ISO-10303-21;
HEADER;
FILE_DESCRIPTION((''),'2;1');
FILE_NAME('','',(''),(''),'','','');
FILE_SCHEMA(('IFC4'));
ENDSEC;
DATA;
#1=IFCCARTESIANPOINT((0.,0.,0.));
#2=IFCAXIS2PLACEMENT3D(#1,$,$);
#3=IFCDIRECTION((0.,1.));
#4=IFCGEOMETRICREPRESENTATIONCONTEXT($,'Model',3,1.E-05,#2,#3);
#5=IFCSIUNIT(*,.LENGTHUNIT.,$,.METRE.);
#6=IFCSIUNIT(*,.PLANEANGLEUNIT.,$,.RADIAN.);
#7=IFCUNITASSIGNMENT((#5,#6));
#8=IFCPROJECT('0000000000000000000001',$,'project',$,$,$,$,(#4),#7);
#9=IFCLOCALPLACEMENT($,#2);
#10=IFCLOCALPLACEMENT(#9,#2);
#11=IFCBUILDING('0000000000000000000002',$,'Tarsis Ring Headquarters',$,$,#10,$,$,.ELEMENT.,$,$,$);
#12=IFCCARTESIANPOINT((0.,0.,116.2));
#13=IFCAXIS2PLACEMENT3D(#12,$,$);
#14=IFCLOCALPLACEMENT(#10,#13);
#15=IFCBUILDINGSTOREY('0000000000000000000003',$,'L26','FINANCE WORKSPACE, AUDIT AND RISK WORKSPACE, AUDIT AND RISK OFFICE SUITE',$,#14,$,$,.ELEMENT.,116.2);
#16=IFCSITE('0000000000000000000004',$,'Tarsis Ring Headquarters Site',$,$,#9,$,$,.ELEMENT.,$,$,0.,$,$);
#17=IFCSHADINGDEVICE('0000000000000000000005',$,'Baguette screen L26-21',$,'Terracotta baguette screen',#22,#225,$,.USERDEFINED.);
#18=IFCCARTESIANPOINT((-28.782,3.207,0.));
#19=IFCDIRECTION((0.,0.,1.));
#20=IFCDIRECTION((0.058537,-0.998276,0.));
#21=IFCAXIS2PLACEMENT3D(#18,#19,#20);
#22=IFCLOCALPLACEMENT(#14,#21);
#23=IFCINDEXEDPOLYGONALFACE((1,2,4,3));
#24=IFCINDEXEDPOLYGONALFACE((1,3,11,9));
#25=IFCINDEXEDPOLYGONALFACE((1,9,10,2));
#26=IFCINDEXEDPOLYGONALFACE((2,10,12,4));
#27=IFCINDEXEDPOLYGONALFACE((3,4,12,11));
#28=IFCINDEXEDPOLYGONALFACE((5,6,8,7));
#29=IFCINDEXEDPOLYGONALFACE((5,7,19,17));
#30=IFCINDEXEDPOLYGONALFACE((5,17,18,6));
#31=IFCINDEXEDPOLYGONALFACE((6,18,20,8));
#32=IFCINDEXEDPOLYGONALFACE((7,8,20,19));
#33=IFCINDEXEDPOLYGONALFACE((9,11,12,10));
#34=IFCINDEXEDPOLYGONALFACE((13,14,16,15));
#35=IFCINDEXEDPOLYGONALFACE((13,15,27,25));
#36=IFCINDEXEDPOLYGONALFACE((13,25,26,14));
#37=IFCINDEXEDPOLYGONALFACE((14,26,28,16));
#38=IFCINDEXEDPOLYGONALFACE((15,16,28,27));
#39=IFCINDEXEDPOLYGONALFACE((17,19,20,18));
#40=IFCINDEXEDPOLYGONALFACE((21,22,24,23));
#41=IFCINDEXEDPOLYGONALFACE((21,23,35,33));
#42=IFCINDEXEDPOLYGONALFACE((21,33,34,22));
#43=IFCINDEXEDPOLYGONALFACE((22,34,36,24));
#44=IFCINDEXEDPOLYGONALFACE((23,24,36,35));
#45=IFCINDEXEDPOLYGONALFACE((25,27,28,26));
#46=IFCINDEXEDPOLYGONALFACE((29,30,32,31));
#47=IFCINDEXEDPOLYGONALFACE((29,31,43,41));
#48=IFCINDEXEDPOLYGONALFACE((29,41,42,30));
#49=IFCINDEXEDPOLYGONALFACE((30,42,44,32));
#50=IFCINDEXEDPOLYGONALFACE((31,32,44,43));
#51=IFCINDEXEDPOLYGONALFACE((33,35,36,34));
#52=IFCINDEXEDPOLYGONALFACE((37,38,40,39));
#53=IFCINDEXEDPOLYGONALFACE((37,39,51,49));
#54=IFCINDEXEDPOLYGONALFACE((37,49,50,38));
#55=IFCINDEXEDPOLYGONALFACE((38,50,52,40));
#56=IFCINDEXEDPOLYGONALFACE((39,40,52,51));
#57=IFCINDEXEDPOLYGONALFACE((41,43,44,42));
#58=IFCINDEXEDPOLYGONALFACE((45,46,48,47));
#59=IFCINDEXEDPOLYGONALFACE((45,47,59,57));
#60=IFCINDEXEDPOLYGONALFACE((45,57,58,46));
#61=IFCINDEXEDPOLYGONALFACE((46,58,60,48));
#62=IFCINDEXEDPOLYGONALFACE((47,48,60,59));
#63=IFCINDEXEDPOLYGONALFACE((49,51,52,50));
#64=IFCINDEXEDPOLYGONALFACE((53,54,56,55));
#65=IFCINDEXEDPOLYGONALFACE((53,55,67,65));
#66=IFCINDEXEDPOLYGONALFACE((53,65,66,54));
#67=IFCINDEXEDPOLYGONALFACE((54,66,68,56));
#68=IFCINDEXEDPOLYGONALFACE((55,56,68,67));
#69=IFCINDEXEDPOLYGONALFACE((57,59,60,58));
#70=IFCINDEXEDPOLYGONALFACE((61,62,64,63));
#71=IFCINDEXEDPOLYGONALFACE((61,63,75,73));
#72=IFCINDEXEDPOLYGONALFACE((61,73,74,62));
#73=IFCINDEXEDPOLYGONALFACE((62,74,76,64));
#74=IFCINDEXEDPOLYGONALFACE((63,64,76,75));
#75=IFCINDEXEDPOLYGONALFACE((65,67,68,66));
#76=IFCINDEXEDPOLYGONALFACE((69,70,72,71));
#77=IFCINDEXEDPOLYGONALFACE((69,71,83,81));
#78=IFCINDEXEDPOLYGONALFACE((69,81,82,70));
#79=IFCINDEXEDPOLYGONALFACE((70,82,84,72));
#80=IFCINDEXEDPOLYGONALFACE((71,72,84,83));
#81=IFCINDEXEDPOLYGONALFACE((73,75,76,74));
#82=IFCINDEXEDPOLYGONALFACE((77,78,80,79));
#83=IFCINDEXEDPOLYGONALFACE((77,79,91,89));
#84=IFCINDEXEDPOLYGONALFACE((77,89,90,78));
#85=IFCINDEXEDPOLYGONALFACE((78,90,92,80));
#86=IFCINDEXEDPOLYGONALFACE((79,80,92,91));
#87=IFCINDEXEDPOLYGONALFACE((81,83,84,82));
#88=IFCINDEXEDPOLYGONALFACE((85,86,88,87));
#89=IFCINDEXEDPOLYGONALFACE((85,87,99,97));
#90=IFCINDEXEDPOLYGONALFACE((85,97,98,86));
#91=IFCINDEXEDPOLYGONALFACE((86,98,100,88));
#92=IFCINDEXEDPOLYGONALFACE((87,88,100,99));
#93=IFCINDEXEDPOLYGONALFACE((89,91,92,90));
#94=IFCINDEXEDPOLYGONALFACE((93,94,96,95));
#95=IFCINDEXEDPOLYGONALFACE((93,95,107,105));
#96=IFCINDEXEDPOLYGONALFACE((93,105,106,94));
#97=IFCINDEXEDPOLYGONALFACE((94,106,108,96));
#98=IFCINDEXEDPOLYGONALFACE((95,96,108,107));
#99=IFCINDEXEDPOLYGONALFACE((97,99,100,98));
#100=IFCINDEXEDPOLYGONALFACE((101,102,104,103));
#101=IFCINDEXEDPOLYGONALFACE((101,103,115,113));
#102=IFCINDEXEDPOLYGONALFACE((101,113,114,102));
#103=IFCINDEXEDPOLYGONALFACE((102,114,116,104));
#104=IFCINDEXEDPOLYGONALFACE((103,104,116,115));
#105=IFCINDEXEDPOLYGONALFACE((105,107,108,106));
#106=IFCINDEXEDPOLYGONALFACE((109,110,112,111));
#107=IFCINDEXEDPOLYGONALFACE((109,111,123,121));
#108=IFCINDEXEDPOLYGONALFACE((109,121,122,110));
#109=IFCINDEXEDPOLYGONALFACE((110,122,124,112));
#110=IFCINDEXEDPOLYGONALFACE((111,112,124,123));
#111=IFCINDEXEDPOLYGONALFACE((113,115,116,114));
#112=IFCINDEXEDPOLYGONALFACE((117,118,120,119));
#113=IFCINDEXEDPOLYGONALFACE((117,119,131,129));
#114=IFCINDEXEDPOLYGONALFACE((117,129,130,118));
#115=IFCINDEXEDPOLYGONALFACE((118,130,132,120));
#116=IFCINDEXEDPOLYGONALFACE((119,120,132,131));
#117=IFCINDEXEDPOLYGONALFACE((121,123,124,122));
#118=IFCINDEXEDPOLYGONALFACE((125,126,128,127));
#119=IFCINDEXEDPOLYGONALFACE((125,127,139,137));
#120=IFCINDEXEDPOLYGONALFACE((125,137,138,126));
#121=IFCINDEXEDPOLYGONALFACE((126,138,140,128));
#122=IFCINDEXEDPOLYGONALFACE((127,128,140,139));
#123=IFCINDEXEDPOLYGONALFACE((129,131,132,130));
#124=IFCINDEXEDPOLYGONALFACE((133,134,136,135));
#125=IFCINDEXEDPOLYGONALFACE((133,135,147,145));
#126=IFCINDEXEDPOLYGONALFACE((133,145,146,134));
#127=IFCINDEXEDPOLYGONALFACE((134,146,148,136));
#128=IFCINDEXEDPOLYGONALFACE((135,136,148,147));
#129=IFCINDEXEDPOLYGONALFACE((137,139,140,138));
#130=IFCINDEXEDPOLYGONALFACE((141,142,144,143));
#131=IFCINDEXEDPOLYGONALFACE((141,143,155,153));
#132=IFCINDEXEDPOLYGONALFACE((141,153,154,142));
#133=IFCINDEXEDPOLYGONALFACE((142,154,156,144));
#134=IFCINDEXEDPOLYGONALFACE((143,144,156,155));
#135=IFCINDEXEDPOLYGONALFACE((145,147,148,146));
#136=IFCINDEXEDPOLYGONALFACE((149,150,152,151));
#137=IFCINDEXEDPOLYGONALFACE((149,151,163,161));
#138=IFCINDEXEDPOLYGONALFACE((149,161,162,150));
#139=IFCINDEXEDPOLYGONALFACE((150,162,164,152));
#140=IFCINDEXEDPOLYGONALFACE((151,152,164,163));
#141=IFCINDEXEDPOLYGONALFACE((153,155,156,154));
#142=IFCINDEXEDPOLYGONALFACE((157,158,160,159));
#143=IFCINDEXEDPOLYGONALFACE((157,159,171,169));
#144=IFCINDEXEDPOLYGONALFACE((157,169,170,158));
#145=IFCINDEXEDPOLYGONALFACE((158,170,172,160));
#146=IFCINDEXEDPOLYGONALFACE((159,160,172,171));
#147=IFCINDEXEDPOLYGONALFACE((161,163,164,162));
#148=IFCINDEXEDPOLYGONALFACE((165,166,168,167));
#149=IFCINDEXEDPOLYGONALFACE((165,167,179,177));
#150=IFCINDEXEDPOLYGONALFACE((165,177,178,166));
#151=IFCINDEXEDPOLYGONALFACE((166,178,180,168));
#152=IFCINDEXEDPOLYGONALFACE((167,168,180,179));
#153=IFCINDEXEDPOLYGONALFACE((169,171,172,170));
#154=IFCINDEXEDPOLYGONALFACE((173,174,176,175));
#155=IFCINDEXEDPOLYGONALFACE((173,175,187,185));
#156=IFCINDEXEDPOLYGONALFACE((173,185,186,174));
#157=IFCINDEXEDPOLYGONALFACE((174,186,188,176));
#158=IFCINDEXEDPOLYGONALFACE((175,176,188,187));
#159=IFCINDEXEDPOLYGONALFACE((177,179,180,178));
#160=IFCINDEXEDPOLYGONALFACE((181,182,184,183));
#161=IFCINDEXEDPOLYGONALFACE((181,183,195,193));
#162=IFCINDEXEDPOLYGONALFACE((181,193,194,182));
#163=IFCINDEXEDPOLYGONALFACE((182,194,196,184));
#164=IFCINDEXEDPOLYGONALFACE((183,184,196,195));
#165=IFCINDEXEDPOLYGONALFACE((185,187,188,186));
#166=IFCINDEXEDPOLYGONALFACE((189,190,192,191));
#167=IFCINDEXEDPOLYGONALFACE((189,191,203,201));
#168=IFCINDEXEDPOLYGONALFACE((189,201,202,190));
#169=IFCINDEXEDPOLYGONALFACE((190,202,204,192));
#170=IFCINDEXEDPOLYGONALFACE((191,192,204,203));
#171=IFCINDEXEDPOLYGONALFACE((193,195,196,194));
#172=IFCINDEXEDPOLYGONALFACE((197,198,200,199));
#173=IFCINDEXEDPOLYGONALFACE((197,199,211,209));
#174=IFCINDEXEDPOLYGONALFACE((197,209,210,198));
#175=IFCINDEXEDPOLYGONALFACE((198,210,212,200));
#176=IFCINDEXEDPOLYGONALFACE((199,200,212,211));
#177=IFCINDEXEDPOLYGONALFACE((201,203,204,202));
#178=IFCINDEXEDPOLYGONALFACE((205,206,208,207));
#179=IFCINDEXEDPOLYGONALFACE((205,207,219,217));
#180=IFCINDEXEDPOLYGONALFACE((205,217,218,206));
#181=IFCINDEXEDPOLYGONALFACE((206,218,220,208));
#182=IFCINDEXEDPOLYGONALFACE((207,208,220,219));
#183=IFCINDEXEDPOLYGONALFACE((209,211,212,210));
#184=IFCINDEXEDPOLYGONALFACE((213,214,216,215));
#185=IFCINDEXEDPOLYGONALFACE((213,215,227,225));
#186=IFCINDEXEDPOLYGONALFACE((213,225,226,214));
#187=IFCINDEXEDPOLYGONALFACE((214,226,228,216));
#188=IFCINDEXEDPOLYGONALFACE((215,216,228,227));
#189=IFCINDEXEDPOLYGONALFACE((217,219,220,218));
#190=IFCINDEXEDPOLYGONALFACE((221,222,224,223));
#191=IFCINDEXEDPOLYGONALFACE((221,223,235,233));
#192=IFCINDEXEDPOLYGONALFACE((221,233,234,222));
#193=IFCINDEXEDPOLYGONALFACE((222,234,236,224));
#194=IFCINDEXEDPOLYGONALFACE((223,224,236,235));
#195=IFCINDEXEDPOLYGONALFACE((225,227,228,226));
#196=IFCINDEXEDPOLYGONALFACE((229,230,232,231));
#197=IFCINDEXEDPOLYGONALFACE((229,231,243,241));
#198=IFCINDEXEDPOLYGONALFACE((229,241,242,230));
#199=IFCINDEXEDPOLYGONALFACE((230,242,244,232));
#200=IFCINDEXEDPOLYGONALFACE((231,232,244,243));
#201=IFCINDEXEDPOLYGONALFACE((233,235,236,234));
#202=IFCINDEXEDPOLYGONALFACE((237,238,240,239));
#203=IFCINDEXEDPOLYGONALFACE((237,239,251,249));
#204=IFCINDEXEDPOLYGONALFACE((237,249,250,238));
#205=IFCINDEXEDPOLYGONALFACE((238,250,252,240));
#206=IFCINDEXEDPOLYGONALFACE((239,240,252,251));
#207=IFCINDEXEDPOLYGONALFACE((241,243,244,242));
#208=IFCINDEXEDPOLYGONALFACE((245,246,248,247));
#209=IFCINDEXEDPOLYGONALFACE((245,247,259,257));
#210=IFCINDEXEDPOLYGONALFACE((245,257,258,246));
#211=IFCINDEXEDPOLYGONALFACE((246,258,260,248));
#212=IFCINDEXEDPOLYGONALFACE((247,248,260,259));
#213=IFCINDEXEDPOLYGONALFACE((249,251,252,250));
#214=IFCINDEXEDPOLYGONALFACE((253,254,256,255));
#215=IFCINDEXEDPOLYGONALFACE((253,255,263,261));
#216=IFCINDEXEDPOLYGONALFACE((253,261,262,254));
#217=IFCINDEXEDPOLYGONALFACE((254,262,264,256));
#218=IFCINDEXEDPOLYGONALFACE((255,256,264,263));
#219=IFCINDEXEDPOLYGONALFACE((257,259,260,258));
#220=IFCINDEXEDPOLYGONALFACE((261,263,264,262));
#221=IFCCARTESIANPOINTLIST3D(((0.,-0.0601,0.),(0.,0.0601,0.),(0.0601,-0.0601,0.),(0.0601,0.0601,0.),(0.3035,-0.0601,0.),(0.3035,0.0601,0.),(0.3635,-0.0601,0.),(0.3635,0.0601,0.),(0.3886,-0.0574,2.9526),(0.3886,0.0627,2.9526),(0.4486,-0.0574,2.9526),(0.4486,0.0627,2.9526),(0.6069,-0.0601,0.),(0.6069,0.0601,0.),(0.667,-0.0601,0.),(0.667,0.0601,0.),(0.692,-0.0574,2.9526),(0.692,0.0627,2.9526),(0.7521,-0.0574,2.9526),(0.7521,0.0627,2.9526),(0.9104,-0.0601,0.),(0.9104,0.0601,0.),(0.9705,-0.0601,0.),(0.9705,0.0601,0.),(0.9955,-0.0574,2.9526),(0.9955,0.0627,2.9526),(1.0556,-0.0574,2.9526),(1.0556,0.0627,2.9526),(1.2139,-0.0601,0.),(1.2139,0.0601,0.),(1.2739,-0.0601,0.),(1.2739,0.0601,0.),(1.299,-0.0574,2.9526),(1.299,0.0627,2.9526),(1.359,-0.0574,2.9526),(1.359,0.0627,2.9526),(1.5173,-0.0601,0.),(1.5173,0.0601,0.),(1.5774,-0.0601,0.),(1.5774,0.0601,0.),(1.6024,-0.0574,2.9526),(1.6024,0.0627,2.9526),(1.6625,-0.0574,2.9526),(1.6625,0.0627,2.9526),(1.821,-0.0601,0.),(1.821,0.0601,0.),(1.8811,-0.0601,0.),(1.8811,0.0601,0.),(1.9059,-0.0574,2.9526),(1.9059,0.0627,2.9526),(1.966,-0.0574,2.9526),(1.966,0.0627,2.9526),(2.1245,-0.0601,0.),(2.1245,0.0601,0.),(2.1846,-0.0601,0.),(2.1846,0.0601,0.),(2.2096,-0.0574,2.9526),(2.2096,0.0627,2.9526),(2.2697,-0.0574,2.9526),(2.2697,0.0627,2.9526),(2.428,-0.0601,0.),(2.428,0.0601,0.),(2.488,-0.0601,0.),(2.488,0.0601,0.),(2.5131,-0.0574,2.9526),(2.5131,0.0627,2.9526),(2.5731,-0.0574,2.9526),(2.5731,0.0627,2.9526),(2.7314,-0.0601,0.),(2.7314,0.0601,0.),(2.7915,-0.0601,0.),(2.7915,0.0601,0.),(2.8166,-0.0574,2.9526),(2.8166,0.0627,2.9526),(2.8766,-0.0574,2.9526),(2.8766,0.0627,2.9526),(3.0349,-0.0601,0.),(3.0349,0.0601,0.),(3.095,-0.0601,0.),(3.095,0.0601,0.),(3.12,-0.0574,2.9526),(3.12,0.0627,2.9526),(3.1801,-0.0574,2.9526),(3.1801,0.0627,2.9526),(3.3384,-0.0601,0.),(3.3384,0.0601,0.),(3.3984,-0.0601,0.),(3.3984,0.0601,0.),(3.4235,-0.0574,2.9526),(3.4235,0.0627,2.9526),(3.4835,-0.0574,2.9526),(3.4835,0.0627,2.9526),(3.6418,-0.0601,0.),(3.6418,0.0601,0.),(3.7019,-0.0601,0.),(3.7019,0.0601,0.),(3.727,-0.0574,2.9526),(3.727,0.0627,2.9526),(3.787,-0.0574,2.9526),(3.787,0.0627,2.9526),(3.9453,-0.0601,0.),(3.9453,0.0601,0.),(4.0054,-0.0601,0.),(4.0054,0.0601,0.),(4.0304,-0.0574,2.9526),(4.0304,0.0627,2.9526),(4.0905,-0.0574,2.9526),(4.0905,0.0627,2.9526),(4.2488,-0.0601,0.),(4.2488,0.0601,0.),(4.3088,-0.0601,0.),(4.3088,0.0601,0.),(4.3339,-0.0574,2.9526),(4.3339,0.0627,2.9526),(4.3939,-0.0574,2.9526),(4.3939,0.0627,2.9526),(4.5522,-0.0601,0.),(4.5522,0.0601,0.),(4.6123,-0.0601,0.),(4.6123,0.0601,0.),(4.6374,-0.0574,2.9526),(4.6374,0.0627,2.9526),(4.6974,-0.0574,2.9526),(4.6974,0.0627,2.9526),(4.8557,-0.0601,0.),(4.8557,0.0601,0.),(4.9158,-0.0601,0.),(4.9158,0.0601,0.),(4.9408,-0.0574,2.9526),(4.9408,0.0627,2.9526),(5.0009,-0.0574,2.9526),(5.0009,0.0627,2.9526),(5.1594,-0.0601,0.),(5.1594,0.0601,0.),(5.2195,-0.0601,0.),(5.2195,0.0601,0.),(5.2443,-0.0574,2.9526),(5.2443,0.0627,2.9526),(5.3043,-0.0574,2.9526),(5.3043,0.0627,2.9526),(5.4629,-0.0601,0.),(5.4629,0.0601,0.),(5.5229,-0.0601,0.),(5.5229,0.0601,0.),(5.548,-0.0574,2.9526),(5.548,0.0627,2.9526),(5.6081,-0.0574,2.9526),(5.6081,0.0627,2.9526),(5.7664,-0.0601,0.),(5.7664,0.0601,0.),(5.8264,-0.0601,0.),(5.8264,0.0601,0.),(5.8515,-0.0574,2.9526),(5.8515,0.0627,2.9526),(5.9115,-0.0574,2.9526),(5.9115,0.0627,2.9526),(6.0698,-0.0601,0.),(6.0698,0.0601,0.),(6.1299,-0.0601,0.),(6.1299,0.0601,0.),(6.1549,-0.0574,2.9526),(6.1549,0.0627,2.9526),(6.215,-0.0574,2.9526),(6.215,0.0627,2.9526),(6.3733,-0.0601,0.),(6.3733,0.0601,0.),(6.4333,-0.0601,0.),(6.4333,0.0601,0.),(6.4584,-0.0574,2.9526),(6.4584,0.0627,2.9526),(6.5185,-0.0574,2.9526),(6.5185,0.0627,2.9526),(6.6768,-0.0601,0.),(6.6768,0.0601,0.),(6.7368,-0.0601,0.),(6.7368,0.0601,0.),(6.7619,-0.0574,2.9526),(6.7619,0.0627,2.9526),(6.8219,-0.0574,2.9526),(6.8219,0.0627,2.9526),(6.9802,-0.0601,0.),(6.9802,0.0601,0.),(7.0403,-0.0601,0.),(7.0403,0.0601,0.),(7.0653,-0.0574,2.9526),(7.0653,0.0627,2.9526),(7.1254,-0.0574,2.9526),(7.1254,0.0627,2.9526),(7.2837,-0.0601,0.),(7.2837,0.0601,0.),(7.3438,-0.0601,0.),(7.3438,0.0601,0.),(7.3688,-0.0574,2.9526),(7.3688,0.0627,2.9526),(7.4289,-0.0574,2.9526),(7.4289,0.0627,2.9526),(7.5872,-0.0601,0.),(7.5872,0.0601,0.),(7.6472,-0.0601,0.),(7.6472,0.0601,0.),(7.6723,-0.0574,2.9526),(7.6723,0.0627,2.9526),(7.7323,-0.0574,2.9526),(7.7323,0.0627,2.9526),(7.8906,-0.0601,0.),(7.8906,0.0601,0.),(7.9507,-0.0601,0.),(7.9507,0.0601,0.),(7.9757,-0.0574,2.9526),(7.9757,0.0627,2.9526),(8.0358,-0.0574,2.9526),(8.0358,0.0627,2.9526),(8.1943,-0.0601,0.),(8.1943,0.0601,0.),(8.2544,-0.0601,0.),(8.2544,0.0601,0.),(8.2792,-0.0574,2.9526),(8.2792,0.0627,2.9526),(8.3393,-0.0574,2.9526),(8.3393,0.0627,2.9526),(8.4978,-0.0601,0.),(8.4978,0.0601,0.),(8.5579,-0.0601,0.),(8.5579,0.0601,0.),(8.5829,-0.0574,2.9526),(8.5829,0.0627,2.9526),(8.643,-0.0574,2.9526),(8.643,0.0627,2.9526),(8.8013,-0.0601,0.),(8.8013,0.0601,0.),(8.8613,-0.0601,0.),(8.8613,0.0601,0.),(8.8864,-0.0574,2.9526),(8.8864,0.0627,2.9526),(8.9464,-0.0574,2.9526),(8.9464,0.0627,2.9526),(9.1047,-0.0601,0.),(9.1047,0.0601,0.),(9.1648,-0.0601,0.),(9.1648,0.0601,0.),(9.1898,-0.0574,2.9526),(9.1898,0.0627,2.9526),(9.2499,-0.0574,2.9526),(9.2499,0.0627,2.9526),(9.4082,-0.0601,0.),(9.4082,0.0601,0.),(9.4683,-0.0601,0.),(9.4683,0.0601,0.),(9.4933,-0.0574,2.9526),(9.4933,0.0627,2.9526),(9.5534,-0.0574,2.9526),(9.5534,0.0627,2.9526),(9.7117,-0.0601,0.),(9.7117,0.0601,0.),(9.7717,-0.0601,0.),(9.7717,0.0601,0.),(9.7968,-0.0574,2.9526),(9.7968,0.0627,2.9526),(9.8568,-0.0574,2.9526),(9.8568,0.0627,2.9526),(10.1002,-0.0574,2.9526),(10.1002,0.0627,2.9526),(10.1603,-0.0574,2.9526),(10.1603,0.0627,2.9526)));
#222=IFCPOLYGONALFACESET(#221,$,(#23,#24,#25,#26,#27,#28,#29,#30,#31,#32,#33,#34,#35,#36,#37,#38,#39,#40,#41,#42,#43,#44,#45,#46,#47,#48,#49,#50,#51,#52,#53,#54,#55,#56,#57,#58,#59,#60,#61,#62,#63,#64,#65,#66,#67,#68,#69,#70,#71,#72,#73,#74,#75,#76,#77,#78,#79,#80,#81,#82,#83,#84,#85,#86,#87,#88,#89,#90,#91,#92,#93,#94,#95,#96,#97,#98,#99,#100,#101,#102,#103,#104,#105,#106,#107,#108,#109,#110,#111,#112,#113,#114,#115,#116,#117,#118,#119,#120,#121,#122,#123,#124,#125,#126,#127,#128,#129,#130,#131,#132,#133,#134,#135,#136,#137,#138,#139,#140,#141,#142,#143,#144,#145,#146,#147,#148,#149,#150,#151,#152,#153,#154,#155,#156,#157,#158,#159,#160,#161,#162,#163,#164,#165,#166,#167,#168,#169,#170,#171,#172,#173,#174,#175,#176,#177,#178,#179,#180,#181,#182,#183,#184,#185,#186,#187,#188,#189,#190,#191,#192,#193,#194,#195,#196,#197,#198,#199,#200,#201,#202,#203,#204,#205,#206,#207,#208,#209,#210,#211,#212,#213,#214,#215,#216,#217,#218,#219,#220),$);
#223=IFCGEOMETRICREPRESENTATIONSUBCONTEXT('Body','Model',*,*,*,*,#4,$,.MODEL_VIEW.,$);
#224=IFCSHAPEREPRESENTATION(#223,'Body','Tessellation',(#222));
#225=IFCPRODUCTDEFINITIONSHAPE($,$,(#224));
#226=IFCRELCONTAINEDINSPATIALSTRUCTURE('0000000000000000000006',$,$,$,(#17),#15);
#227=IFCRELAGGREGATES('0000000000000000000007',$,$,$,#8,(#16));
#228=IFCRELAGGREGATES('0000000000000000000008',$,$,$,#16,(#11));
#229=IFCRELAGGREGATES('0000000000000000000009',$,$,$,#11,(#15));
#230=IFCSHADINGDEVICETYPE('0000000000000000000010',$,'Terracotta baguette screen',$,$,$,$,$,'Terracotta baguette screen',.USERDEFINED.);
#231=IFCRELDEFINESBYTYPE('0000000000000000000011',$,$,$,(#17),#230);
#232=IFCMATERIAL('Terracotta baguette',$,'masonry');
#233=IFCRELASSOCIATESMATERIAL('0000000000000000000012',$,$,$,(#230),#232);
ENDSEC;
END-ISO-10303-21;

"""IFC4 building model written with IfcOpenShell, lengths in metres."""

from ifc_helpers import new_model, si_unit, direction, frame, frame_2d, origin, place, context, subcontext, project, spatial, rectangle, composite_profile, extrude, material, type_object, element, save


model = new_model("IFC4")

# Units and contexts
model_context = context("Model", 3, precision=1e-05, world=origin(), true_north=direction((0.0, 1.0)))
body_context = subcontext(model_context, "Body", "Model", "MODEL_VIEW")
ifc_project = project(units=[si_unit("LENGTHUNIT", "METRE"), si_unit("PLANEANGLEUNIT", "RADIAN")], contexts=[model_context])

# Site, building, storey
site_placement = place(None, origin())
site = spatial("IfcSite", under=ifc_project, at=site_placement, Name="Tarsis Ring Headquarters Site", CompositionType="ELEMENT", RefElevation=0.0)
building_placement = place(site_placement, origin())
building = spatial("IfcBuilding", under=site, at=building_placement, Name="Tarsis Ring Headquarters", CompositionType="ELEMENT")
storey_placement = place(building_placement, frame((0.0, 0.0, 116.2)))
storey = spatial("IfcBuildingStorey", under=building, at=storey_placement, Name="L26", Description="FINANCE WORKSPACE, AUDIT AND RISK WORKSPACE, AUDIT AND RISK OFFICE SUITE", CompositionType="ELEMENT", Elevation=116.2)

# Shading device
ifc_material_1 = material(Name="Terracotta baguette", Category="masonry")
shading_device_type = type_object("IfcShadingDeviceType", Name="Terracotta baguette screen", ElementType="Terracotta baguette screen", PredefinedType="USERDEFINED", material=ifc_material_1)
shading_device_placement = place(storey_placement, frame((-28.782, 3.207, 0.0), z_axis=(0.0, 0.0, 1.0), x_axis=(0.058537, -0.998276, 0.0)))
element("IfcShadingDevice", 1, at=shading_device_placement, inside=storey, type_object=shading_device_type, Name="Baguette screen L26-21", ObjectType="Terracotta baguette screen", PredefinedType="USERDEFINED", context=body_context, shape_type="SweptSolid", body=[
    extrude(composite_profile([rectangle(XDim=0.0601, YDim=0.1201, at=frame_2d((0.03, 0.0))), rectangle(XDim=0.0601, YDim=0.1201, at=frame_2d((0.3335, 0.0))), rectangle(XDim=0.0601, YDim=0.1201, at=frame_2d((0.637, 0.0))), rectangle(XDim=0.0601, YDim=0.1201, at=frame_2d((0.9404, 0.0))), rectangle(XDim=0.0601, YDim=0.1201, at=frame_2d((1.2439, 0.0))), rectangle(XDim=0.0601, YDim=0.1201, at=frame_2d((1.5474, 0.0))), rectangle(XDim=0.0601, YDim=0.1201, at=frame_2d((1.8511, 0.0))), rectangle(XDim=0.0601, YDim=0.1201, at=frame_2d((2.1545, 0.0))), rectangle(XDim=0.0601, YDim=0.1201, at=frame_2d((2.458, 0.0))), rectangle(XDim=0.0601, YDim=0.1201, at=frame_2d((2.7615, 0.0))), rectangle(XDim=0.0601, YDim=0.1201, at=frame_2d((3.0649, 0.0))), rectangle(XDim=0.0601, YDim=0.1201, at=frame_2d((3.3684, 0.0))), rectangle(XDim=0.0601, YDim=0.1201, at=frame_2d((3.6719, 0.0))), rectangle(XDim=0.0601, YDim=0.1201, at=frame_2d((3.9753, 0.0))), rectangle(XDim=0.0601, YDim=0.1201, at=frame_2d((4.2788, 0.0))), rectangle(XDim=0.0601, YDim=0.1201, at=frame_2d((4.5823, 0.0))), rectangle(XDim=0.0601, YDim=0.1201, at=frame_2d((4.8857, 0.0))), rectangle(XDim=0.0601, YDim=0.1201, at=frame_2d((5.1895, 0.0))), rectangle(XDim=0.0601, YDim=0.1201, at=frame_2d((5.4929, 0.0))), rectangle(XDim=0.0601, YDim=0.1201, at=frame_2d((5.7964, 0.0))), rectangle(XDim=0.0601, YDim=0.1201, at=frame_2d((6.0999, 0.0))), rectangle(XDim=0.0601, YDim=0.1201, at=frame_2d((6.4033, 0.0))), rectangle(XDim=0.0601, YDim=0.1201, at=frame_2d((6.7068, 0.0))), rectangle(XDim=0.0601, YDim=0.1201, at=frame_2d((7.0103, 0.0))), rectangle(XDim=0.0601, YDim=0.1201, at=frame_2d((7.3137, 0.0))), rectangle(XDim=0.0601, YDim=0.1201, at=frame_2d((7.6172, 0.0))), rectangle(XDim=0.0601, YDim=0.1201, at=frame_2d((7.9207, 0.0))), rectangle(XDim=0.0601, YDim=0.1201, at=frame_2d((8.2244, 0.0))), rectangle(XDim=0.0601, YDim=0.1201, at=frame_2d((8.5278, 0.0))), rectangle(XDim=0.0601, YDim=0.1201, at=frame_2d((8.8313, 0.0))), rectangle(XDim=0.0601, YDim=0.1201, at=frame_2d((9.1348, 0.0))), rectangle(XDim=0.0601, YDim=0.1201, at=frame_2d((9.4382, 0.0))), rectangle(XDim=0.0601, YDim=0.1201, at=frame_2d((9.7417, 0.0)))]), origin(), (0.13048, 0.000886, 0.991451), 2.978),
])

save(model, "model.ifc")
